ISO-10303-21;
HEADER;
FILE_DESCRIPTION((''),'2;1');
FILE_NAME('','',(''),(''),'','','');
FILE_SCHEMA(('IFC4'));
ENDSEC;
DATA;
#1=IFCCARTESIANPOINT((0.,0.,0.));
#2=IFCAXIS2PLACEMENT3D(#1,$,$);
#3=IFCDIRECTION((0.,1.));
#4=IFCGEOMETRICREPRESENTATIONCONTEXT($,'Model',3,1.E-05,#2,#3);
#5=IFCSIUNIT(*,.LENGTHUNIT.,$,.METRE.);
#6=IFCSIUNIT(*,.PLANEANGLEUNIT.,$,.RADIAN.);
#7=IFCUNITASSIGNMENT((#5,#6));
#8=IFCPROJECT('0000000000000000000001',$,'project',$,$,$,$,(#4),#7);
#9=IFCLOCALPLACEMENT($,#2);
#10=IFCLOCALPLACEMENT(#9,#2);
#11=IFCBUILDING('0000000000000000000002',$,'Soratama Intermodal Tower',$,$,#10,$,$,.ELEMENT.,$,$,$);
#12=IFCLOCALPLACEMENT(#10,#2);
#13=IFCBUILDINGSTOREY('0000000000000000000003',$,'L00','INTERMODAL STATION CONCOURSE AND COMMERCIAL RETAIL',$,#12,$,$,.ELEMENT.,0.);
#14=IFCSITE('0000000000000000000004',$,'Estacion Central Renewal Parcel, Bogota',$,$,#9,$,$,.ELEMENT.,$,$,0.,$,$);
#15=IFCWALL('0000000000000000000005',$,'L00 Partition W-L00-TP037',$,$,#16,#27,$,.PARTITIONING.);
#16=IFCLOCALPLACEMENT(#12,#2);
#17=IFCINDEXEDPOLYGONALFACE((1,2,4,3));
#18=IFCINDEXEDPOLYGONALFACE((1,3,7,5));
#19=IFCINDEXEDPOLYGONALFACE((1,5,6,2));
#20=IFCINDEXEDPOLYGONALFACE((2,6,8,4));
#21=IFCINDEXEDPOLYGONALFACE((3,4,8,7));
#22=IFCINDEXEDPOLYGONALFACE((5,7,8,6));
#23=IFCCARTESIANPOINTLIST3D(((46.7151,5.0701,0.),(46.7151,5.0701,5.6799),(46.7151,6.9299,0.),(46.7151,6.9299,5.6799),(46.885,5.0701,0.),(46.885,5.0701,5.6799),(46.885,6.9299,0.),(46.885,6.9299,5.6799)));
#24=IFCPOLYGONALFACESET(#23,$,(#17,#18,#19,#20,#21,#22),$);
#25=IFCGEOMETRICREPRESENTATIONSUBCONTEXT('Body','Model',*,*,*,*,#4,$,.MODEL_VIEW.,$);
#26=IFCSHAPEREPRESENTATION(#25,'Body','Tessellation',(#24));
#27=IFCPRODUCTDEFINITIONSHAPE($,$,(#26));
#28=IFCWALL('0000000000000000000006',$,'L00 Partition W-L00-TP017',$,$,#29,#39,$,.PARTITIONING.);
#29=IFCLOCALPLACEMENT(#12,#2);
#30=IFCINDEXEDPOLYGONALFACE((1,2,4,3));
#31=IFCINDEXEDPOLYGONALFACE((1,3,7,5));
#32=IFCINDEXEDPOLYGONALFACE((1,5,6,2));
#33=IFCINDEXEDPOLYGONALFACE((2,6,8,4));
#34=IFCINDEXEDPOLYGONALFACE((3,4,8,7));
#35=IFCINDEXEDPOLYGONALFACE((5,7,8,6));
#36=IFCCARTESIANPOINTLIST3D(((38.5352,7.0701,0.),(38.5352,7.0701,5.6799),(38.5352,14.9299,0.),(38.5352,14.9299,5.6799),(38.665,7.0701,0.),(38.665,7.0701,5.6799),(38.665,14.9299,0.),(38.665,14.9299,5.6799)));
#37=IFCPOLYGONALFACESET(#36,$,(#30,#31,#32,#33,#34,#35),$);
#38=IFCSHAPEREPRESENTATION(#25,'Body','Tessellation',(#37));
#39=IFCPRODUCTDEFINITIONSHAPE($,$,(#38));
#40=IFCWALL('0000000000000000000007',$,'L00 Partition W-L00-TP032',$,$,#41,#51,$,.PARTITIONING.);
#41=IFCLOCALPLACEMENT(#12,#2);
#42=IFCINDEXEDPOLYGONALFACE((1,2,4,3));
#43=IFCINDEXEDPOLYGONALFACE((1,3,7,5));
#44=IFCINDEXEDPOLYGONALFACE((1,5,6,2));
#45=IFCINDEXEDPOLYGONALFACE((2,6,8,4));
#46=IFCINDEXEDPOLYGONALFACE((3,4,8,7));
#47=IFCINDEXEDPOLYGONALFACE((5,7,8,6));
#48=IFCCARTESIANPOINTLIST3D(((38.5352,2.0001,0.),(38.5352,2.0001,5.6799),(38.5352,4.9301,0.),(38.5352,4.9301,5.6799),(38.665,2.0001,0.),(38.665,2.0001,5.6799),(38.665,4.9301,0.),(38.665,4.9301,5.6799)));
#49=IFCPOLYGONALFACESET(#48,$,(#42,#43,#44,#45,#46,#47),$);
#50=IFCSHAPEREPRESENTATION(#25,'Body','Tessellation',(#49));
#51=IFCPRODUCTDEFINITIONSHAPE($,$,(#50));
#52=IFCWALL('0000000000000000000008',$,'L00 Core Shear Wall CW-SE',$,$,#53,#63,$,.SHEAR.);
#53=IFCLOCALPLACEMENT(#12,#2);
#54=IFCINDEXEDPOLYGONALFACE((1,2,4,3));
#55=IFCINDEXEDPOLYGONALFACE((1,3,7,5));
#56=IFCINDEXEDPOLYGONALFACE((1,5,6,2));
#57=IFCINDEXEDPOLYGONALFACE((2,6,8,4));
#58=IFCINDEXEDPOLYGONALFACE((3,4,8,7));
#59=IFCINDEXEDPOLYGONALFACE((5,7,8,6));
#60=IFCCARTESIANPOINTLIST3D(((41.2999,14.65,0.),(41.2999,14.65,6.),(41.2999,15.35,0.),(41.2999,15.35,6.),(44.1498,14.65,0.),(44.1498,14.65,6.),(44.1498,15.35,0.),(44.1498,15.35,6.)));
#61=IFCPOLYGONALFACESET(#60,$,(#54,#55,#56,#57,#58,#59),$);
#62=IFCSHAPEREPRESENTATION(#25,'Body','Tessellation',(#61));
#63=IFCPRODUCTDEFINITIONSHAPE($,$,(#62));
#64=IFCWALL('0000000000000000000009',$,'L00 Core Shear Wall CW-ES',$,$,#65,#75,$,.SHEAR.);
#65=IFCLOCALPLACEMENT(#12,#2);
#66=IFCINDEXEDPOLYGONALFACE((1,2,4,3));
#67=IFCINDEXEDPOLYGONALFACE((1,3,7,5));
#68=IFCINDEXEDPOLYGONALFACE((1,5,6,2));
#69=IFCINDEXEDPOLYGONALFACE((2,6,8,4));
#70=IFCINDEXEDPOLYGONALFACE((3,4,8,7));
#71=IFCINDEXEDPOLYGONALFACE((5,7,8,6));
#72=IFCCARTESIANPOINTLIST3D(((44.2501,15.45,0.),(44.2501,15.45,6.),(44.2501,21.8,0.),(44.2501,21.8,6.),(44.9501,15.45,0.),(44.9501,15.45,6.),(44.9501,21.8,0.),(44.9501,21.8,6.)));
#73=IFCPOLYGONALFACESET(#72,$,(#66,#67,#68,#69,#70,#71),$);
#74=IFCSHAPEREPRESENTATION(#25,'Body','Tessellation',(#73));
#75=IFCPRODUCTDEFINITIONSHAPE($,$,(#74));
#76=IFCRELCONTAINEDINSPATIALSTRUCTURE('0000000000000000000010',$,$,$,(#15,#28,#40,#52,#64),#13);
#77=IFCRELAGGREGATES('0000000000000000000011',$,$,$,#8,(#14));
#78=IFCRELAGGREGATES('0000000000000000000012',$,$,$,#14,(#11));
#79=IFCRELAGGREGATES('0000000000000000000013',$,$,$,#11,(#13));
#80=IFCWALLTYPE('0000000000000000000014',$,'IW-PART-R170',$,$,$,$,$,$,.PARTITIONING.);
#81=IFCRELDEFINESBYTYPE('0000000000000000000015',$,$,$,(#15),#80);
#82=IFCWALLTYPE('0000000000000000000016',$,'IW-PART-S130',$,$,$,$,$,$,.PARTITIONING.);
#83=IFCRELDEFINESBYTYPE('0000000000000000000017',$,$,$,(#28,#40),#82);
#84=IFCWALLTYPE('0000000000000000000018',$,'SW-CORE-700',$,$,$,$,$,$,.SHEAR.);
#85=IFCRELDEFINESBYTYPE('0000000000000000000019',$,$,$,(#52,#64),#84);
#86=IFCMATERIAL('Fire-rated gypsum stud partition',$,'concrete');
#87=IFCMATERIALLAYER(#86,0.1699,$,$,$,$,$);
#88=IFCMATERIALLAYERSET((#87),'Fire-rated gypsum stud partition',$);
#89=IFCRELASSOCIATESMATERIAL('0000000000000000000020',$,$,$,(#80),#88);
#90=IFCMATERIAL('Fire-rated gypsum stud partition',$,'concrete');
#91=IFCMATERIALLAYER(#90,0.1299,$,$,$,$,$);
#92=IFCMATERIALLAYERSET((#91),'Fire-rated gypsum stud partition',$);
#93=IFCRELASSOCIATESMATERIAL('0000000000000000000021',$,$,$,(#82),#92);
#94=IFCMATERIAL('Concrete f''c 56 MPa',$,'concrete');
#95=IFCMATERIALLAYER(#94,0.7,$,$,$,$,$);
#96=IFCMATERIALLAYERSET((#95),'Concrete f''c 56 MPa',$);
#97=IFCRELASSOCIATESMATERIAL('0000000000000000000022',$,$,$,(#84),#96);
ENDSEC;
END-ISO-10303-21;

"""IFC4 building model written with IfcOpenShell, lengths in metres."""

from ifc_helpers import new_model, si_unit, direction, frame, frame_2d, origin, place, context, subcontext, project, spatial, rectangle, extrude, material, layer, layer_set, type_object, element, save


model = new_model("IFC4")

# Units and contexts
model_context = context("Model", 3, precision=1e-05, world=origin(), true_north=direction((0.0, 1.0)))
body_context = subcontext(model_context, "Body", "Model", "MODEL_VIEW")
ifc_project = project(units=[si_unit("LENGTHUNIT", "METRE"), si_unit("PLANEANGLEUNIT", "RADIAN")], contexts=[model_context])

# Site, building, storey
site_placement = place(None, origin())
site = spatial("IfcSite", under=ifc_project, at=site_placement, Name="Estacion Central Renewal Parcel, Bogota", CompositionType="ELEMENT", RefElevation=0.0)
building_placement = place(site_placement, origin())
building = spatial("IfcBuilding", under=site, at=building_placement, Name="Soratama Intermodal Tower", CompositionType="ELEMENT")
storey_placement = place(building_placement, origin())
storey = spatial("IfcBuildingStorey", under=building, at=storey_placement, Name="L00", Description="INTERMODAL STATION CONCOURSE AND COMMERCIAL RETAIL", CompositionType="ELEMENT", Elevation=0.0)

# Shared definitions
ifc_material_1 = material(Name="Fire-rated gypsum stud partition", Category="concrete")
ifc_layer_1 = layer(ifc_material_1, 0.1699)
ifc_layer_set_1 = layer_set([ifc_layer_1], Name="Fire-rated gypsum stud partition")
wall_type_1 = type_object("IfcWallType", Name="IW-PART-R170", PredefinedType="PARTITIONING", material=ifc_layer_set_1)

# Walls
wall_1_placement = place(storey_placement, frame((46.8, 6.9299, 0.0), z_axis=(0.0, 0.0, 1.0), x_axis=(0.0, -1.0, 0.0)))
element("IfcWall", 1, at=wall_1_placement, inside=storey, type_object=wall_type_1, Name="L00 Partition W-L00-TP037", PredefinedType="PARTITIONING", context=body_context, shape_type="SweptSolid", body=[
    extrude(rectangle(XDim=1.8599, YDim=0.1699, at=frame_2d((0.9299, 0.0))), origin(), (0.0, 0.0, 1.0), 5.6799),
])
ifc_material_2 = material(Name="Fire-rated gypsum stud partition", Category="concrete")
ifc_layer_2 = layer(ifc_material_2, 0.1299)
ifc_layer_set_2 = layer_set([ifc_layer_2], Name="Fire-rated gypsum stud partition")
wall_type_2 = type_object("IfcWallType", Name="IW-PART-S130", PredefinedType="PARTITIONING", material=ifc_layer_set_2)
wall_2_placement = place(storey_placement, frame((38.6001, 7.0701, 0.0), z_axis=(0.0, 0.0, 1.0), x_axis=(0.0, 1.0, 0.0)))
element("IfcWall", 2, at=wall_2_placement, inside=storey, type_object=wall_type_2, Name="L00 Partition W-L00-TP017", PredefinedType="PARTITIONING", context=body_context, shape_type="SweptSolid", body=[
    extrude(rectangle(XDim=7.8599, YDim=0.1299, at=frame_2d((3.9299, 0.0))), origin(), (0.0, 0.0, 1.0), 5.6799),
])
wall_3_placement = place(storey_placement, frame((38.6001, 4.9299, 0.0), z_axis=(0.0, 0.0, 1.0), x_axis=(0.0, -1.0, 0.0)))
element("IfcWall", 3, at=wall_3_placement, inside=storey, type_object=wall_type_2, Name="L00 Partition W-L00-TP032", PredefinedType="PARTITIONING", context=body_context, shape_type="SweptSolid", body=[
    extrude(rectangle(XDim=2.9299, YDim=0.1299, at=frame_2d((1.4648, 0.0))), origin(), (0.0, 0.0, 1.0), 5.6799),
])
ifc_material_3 = material(Name="Concrete f'c 56 MPa", Category="concrete")
ifc_layer_3 = layer(ifc_material_3, 0.7)
ifc_layer_set_3 = layer_set([ifc_layer_3], Name="Concrete f'c 56 MPa")
wall_type_3 = type_object("IfcWallType", Name="SW-CORE-700", PredefinedType="SHEAR", material=ifc_layer_set_3)
wall_4_placement = place(storey_placement, frame((41.3, 15.0, 0.0), z_axis=(0.0, 0.0, 1.0), x_axis=(1.0, 0.0, 0.0)))
element("IfcWall", 4, at=wall_4_placement, inside=storey, type_object=wall_type_3, Name="L00 Core Shear Wall CW-SE", PredefinedType="SHEAR", context=body_context, shape_type="SweptSolid", body=[
    extrude(rectangle(XDim=2.8499, YDim=0.7, at=frame_2d((1.4248, 0.0))), origin(), (0.0, 0.0, 1.0), 6.0),
])
wall_5_placement = place(storey_placement, frame((44.6001, 15.45, 0.0), z_axis=(0.0, 0.0, 1.0), x_axis=(0.0, 1.0, 0.0)))
element("IfcWall", 5, at=wall_5_placement, inside=storey, type_object=wall_type_3, Name="L00 Core Shear Wall CW-ES", PredefinedType="SHEAR", context=body_context, shape_type="SweptSolid", body=[
    extrude(rectangle(XDim=6.3501, YDim=0.7, at=frame_2d((3.175, 0.0))), origin(), (0.0, 0.0, 1.0), 6.0),
])

save(model, "model.ifc")
